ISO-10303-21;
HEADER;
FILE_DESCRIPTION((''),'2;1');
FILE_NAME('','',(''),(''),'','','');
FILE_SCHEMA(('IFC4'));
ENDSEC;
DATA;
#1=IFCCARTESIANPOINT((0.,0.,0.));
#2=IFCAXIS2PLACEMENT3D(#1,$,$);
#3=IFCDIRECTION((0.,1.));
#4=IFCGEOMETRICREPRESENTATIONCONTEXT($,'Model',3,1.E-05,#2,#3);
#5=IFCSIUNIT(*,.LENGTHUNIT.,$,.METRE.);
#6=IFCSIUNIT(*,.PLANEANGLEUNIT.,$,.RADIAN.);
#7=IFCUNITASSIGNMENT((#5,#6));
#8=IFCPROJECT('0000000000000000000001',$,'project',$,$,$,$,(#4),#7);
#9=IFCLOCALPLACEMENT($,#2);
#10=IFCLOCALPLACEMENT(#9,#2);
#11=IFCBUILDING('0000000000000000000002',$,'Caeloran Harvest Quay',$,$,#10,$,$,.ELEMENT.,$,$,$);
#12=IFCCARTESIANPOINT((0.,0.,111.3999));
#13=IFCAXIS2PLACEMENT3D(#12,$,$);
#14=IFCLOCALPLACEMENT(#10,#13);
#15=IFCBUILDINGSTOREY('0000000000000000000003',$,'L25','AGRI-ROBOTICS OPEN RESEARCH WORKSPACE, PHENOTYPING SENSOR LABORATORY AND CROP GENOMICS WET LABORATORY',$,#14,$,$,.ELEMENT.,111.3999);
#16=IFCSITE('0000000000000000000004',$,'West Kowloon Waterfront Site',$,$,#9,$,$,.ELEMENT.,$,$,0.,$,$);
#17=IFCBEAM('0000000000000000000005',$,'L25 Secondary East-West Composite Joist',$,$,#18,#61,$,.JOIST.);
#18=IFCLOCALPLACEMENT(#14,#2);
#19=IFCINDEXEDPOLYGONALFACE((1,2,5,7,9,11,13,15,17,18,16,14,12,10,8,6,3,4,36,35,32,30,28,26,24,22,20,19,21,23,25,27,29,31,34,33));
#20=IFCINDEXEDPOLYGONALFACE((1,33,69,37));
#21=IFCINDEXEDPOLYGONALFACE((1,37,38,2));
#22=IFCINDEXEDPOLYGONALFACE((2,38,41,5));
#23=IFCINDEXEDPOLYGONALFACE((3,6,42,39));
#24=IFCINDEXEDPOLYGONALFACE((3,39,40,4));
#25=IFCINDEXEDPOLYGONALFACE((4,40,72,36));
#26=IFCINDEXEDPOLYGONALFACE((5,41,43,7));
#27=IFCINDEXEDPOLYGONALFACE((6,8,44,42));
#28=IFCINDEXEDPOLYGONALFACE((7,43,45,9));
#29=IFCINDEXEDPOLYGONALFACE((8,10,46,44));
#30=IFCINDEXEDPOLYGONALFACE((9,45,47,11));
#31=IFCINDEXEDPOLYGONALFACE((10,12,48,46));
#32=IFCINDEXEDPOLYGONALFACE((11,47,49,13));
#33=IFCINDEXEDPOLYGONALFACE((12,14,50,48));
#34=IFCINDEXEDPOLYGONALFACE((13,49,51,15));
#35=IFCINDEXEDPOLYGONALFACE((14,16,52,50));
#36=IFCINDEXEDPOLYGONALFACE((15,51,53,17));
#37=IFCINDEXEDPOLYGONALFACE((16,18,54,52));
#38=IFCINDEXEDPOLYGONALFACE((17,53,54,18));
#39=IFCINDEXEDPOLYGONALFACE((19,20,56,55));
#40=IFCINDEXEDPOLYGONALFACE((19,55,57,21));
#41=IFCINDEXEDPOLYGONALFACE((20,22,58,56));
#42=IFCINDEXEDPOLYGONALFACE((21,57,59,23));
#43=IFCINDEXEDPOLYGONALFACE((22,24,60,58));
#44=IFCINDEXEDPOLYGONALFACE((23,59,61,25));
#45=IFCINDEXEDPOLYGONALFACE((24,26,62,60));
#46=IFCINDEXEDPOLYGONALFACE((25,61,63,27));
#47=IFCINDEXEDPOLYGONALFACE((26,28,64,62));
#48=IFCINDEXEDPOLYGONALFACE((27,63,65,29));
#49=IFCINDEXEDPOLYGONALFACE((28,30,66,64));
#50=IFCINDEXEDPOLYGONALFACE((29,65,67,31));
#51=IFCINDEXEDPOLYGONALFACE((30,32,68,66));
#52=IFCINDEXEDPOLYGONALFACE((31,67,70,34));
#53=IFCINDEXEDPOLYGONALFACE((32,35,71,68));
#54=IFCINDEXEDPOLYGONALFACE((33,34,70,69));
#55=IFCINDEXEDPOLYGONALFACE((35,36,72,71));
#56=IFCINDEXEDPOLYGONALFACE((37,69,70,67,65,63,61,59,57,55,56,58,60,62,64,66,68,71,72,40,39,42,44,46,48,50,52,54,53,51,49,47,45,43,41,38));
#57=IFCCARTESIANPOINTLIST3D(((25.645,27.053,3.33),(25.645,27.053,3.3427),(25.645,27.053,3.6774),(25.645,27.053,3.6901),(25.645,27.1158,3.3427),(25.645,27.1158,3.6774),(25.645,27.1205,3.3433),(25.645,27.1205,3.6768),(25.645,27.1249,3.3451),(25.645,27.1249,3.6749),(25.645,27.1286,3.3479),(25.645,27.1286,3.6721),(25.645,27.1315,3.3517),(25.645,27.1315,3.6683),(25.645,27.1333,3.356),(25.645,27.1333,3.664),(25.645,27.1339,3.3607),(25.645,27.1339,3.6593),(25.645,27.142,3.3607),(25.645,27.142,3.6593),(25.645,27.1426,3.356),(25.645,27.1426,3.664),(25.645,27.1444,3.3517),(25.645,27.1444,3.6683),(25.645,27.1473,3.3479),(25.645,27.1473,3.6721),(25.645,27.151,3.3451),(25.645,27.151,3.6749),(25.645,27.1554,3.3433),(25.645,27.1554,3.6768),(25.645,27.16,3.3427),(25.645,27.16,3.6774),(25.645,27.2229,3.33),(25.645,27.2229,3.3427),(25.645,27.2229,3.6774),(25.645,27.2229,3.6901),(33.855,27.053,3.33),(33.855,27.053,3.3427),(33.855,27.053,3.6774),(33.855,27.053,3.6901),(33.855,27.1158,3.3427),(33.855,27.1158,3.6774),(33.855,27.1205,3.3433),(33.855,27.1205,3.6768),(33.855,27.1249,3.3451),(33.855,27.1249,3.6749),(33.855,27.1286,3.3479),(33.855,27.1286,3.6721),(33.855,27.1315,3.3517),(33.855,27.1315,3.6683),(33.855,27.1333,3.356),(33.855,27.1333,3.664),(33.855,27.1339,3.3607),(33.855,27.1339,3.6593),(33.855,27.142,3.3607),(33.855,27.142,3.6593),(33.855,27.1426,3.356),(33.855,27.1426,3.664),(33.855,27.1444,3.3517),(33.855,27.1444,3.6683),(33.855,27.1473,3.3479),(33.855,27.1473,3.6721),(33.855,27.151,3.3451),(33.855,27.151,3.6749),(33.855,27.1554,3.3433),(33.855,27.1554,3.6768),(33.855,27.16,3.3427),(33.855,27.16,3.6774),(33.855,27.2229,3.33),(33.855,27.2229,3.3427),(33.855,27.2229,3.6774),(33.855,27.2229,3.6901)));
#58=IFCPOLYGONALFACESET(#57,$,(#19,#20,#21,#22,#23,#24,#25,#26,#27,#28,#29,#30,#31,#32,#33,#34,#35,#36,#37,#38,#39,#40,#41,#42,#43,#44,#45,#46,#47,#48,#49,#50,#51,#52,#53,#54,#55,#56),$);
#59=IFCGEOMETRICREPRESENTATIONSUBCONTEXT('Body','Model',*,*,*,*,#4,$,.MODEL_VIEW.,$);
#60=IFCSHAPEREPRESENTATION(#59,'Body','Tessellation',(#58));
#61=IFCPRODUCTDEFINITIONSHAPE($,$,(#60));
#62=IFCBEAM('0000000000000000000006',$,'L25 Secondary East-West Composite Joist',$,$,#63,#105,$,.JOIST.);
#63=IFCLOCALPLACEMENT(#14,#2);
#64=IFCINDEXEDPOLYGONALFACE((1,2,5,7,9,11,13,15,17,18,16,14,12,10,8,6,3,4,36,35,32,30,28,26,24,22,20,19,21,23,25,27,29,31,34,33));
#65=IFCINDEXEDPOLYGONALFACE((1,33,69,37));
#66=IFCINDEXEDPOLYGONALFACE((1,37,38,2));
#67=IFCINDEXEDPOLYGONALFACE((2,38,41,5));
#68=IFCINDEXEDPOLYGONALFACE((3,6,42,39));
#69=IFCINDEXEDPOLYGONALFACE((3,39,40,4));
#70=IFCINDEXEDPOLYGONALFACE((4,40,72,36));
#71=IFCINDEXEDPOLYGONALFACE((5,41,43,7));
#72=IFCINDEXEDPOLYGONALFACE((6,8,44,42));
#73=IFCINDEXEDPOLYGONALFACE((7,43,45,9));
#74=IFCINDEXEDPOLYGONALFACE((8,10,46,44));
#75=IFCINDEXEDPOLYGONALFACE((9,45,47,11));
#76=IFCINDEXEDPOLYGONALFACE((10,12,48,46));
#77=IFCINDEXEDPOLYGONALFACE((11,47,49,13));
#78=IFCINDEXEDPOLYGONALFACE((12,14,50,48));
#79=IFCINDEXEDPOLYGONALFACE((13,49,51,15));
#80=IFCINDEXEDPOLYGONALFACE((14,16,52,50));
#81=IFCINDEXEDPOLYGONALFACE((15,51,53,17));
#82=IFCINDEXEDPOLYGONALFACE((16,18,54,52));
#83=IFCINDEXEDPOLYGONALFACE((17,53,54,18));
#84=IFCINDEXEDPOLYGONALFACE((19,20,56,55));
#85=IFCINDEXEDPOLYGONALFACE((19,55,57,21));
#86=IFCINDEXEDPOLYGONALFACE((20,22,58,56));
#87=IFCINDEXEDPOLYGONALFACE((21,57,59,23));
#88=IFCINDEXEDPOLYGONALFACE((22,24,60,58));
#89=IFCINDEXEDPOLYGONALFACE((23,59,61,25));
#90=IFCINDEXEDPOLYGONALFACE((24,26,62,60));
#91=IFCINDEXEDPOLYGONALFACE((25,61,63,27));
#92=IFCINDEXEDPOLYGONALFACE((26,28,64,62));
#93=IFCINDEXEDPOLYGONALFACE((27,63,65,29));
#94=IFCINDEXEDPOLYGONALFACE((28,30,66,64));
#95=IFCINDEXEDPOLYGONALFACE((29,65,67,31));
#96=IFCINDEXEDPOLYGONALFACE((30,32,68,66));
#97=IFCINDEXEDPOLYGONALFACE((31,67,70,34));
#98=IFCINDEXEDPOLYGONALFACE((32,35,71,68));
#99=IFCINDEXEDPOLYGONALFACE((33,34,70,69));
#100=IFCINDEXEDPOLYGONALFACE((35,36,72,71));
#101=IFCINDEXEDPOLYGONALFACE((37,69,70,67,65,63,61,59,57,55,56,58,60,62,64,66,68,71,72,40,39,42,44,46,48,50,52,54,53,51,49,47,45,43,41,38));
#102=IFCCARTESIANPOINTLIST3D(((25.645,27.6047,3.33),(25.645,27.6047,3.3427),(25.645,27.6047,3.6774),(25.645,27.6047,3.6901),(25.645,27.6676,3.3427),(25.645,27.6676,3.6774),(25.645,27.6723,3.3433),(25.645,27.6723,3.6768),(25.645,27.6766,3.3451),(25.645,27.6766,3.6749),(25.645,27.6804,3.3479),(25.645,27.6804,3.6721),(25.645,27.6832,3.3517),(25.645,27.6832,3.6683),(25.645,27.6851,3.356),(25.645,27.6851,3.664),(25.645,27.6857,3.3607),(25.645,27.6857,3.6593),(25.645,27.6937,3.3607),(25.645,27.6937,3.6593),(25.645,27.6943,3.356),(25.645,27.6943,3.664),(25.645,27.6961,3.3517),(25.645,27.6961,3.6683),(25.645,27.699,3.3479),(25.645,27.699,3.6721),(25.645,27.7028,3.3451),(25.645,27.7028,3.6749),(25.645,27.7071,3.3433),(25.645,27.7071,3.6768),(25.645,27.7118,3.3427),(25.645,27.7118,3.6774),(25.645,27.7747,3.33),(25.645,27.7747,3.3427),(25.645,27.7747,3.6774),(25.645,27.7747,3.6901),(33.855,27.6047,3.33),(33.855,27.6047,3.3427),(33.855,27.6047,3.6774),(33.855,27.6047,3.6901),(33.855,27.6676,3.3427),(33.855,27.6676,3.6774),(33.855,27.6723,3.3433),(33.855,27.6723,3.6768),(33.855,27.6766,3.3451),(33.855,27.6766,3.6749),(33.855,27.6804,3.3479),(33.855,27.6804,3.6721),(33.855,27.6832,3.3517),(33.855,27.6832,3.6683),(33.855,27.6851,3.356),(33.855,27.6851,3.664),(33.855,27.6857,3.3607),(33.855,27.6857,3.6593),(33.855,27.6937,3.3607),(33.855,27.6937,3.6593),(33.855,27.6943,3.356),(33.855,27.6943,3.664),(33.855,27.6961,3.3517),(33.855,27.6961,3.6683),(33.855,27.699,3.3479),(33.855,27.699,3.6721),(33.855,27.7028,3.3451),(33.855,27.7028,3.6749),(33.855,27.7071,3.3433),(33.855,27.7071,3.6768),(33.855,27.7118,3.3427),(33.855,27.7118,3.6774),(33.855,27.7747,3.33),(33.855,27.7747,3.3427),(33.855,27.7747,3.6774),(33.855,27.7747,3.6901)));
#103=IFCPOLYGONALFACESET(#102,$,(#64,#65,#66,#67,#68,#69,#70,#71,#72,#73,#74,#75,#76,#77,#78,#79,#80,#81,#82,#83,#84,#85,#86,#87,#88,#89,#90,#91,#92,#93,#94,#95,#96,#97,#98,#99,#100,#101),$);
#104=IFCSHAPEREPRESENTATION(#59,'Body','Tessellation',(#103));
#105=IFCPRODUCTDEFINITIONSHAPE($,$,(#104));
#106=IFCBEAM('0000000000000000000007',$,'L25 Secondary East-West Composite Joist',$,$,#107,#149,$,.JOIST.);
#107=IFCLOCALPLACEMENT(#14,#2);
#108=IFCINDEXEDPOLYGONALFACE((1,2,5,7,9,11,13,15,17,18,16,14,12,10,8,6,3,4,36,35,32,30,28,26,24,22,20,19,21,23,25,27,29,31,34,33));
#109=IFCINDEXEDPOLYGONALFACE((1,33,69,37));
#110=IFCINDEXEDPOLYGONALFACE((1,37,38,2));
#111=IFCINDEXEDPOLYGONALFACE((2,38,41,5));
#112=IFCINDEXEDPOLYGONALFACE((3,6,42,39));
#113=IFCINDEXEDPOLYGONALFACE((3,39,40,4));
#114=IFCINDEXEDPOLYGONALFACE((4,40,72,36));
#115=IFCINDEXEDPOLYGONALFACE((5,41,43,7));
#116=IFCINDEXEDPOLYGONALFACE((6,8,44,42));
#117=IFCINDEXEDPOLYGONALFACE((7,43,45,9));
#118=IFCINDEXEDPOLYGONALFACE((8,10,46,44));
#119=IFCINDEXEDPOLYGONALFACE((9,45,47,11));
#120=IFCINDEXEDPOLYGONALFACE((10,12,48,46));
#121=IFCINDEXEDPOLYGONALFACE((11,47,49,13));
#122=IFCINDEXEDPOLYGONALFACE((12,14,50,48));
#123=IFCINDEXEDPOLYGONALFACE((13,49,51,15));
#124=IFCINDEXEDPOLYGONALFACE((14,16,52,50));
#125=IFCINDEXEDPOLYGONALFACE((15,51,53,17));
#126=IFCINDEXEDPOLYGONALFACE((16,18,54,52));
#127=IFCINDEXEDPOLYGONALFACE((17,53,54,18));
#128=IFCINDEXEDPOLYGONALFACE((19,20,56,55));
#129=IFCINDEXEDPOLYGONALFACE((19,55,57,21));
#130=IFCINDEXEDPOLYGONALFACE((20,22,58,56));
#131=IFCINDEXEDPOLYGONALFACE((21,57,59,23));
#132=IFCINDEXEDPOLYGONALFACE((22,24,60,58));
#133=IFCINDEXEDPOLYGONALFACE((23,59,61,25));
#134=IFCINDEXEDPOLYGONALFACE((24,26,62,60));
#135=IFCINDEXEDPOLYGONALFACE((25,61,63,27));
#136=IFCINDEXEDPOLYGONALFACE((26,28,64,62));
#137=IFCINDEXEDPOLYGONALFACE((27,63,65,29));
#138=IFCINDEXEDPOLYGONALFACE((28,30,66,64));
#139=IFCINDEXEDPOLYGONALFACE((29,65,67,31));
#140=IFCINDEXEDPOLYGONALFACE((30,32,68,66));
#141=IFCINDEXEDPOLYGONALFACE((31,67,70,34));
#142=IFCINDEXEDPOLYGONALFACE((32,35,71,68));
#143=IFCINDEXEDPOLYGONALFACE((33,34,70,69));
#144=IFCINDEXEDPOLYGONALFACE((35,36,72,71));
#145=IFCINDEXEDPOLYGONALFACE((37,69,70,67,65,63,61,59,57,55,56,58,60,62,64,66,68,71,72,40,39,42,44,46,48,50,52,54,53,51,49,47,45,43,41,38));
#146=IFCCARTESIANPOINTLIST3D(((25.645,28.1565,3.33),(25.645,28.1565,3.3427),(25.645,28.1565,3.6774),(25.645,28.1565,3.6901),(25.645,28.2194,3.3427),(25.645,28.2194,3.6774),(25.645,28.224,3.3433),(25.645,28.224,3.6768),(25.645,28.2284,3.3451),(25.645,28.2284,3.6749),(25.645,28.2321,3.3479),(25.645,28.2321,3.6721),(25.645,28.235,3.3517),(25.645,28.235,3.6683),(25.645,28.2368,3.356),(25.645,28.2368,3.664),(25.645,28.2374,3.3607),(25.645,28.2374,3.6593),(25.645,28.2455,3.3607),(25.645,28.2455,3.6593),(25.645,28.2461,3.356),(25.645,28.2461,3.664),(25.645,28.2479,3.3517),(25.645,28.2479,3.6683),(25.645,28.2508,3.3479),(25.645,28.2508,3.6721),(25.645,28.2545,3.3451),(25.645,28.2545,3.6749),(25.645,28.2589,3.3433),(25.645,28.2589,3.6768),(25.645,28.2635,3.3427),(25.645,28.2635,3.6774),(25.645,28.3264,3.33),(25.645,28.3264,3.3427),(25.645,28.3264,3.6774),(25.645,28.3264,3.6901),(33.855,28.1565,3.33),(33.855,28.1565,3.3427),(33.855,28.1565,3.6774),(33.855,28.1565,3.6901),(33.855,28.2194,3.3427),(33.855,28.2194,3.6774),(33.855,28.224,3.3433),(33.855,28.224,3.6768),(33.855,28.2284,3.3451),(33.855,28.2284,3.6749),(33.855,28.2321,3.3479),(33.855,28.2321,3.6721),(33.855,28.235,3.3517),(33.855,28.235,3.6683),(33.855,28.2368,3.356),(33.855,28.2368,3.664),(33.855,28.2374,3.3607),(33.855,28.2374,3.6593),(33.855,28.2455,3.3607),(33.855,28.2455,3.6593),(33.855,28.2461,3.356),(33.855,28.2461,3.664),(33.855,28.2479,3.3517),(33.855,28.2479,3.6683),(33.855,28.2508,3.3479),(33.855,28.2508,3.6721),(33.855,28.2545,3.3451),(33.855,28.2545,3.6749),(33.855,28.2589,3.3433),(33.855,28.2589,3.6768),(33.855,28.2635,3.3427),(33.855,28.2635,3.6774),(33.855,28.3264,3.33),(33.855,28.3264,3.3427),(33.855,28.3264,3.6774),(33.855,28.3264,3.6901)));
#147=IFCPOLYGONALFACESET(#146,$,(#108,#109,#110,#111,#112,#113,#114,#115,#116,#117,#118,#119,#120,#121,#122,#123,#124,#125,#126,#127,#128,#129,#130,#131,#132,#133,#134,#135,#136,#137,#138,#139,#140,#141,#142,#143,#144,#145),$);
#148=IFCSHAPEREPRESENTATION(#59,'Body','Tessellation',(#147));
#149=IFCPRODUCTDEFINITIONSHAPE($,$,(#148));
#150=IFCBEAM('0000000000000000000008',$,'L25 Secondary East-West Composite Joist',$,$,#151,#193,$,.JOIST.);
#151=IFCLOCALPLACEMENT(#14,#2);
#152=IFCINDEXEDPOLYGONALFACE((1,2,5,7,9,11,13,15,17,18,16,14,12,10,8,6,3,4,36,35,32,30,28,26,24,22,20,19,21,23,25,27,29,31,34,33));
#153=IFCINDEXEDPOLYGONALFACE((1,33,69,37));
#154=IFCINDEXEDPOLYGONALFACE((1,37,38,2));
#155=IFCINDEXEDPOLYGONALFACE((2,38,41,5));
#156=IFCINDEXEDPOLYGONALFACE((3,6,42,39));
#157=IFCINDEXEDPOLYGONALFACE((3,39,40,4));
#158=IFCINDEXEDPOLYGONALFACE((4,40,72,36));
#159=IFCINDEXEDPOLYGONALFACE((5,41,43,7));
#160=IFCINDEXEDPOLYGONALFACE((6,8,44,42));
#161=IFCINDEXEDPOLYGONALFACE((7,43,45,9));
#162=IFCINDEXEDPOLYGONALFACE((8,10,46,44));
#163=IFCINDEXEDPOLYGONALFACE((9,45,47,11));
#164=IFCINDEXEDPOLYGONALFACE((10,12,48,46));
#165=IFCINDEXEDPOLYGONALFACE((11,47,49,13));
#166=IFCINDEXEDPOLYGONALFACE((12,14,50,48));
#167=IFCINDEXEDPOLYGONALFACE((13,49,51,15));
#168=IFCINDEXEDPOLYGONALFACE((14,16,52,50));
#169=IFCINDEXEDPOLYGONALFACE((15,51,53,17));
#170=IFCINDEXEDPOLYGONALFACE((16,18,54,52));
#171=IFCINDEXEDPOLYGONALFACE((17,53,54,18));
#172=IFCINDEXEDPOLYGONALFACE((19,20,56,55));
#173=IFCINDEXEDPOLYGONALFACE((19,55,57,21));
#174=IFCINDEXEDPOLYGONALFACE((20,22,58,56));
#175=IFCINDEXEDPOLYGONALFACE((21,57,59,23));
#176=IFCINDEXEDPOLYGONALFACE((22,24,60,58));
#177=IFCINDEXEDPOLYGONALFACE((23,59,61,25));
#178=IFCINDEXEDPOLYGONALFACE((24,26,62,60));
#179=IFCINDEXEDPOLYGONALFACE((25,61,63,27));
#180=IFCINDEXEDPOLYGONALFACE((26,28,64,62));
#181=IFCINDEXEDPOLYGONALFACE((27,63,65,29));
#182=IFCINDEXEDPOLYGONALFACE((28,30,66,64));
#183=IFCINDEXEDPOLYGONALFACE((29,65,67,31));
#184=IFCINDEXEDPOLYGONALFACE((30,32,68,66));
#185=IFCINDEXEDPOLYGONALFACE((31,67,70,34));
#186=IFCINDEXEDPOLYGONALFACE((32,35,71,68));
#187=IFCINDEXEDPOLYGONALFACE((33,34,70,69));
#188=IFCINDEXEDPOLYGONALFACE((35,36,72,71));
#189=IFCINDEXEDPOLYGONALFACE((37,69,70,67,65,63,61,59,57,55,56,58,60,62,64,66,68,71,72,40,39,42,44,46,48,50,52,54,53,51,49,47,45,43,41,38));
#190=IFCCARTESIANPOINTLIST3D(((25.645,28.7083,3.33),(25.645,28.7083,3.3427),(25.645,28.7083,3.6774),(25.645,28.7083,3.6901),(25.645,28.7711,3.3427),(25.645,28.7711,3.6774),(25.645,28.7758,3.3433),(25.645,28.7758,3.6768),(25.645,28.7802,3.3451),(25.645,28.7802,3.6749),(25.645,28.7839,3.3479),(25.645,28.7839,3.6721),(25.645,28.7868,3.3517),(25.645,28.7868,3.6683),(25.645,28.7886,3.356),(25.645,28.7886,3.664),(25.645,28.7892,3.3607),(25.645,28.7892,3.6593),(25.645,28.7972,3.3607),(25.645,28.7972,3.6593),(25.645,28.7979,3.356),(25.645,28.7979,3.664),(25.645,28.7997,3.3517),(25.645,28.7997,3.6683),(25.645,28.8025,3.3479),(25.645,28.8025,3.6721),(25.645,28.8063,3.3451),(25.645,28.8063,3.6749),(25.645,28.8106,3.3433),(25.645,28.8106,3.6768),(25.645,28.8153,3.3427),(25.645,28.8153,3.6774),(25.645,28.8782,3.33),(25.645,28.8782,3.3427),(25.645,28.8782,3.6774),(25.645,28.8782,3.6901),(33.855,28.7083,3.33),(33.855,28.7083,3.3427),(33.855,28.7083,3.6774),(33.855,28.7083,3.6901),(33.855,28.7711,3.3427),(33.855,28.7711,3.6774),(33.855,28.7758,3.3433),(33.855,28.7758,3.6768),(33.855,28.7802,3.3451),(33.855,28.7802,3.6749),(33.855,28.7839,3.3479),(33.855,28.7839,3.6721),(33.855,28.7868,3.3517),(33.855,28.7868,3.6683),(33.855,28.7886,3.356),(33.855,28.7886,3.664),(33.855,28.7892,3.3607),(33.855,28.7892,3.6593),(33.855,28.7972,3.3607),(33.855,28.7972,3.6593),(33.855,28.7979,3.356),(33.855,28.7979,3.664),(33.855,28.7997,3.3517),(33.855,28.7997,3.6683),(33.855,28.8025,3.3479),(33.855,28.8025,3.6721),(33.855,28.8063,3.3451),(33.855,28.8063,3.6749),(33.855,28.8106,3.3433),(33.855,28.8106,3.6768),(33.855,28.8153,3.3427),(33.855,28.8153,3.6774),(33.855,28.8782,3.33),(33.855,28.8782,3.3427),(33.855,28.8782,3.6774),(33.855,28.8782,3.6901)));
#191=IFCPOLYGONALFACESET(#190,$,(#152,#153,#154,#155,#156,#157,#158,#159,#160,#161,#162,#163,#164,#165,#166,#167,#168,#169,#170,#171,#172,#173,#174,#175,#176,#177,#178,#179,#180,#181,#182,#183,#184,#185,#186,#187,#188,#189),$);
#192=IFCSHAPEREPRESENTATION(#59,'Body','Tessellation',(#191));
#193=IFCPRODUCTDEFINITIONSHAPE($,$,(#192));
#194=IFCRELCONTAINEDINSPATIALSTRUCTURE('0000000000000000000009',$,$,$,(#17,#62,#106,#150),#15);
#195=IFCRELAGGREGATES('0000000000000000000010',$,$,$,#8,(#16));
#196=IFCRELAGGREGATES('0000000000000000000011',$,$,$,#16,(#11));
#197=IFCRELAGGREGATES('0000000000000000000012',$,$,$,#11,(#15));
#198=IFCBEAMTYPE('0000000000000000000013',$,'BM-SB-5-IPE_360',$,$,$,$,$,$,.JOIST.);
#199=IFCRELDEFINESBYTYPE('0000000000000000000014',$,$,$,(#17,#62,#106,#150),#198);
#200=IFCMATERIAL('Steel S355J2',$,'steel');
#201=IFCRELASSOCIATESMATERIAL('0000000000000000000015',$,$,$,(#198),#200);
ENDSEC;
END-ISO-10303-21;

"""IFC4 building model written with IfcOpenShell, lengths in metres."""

from ifc_helpers import new_model, si_unit, direction, frame, origin, origin_2d, place, context, subcontext, project, spatial, i_section, extrude, material, material_profile, profile_set, type_object, element, save


model = new_model("IFC4")

# Units and contexts
model_context = context("Model", 3, precision=1e-05, world=origin(), true_north=direction((0.0, 1.0)))
body_context = subcontext(model_context, "Body", "Model", "MODEL_VIEW")
ifc_project = project(units=[si_unit("LENGTHUNIT", "METRE"), si_unit("PLANEANGLEUNIT", "RADIAN")], contexts=[model_context])

# Site, building, storey
site_placement = place(None, origin())
site = spatial("IfcSite", under=ifc_project, at=site_placement, Name="West Kowloon Waterfront Site", CompositionType="ELEMENT", RefElevation=0.0)
building_placement = place(site_placement, origin())
building = spatial("IfcBuilding", under=site, at=building_placement, Name="Caeloran Harvest Quay", CompositionType="ELEMENT")
storey_placement = place(building_placement, frame((0.0, 0.0, 111.3999)))
storey = spatial("IfcBuildingStorey", under=building, at=storey_placement, Name="L25", Description="AGRI-ROBOTICS OPEN RESEARCH WORKSPACE, PHENOTYPING SENSOR LABORATORY AND CROP GENOMICS WET LABORATORY", CompositionType="ELEMENT", Elevation=111.3999)

# Beams
ifc_material_1 = material(Name="Steel S355J2", Category="steel")
ifc_material_profile_1 = material_profile(ifc_material_1, i_section(OverallWidth=0.1699, OverallDepth=0.3601, WebThickness=0.0081, FlangeThickness=0.0127, FilletRadius=0.0181, at=origin_2d()), Name="IPE 360")
ifc_profile_set_1 = profile_set([ifc_material_profile_1], Name="Steel S355J2")
beam_type_1 = type_object("IfcBeamType", Name="BM-SB-5-IPE_360", PredefinedType="JOIST", material=ifc_profile_set_1)
for number, where, z_axis, x_axis, name in (
    (1, (25.645, 27.1379, 3.51), (1.0, 0.0, 0.0), (0.0, 1.0, 0.0), "L25 Secondary East-West Composite Joist"),
    (2, (25.645, 27.6897, 3.51), (1.0, 0.0, 0.0), (0.0, 1.0, 0.0), "L25 Secondary East-West Composite Joist"),
    (3, (25.645, 28.2415, 3.51), (1.0, 0.0, 0.0), (0.0, 1.0, 0.0), "L25 Secondary East-West Composite Joist"),
    (4, (25.645, 28.7932, 3.51), (1.0, 0.0, 0.0), (0.0, 1.0, 0.0), "L25 Secondary East-West Composite Joist"),
):
    element("IfcBeam", number, at=place(storey_placement, frame(where, z_axis=z_axis, x_axis=x_axis)), inside=storey, type_object=beam_type_1, Name=name, PredefinedType="JOIST", context=body_context, shape_type="SweptSolid", body=[
        extrude(i_section(OverallWidth=0.1699, OverallDepth=0.3601, WebThickness=0.0081, FlangeThickness=0.0127, FilletRadius=0.0181, at=origin_2d()), origin(), (0.0, 0.0, 1.0), 8.21),
    ])

save(model, "model.ifc")
